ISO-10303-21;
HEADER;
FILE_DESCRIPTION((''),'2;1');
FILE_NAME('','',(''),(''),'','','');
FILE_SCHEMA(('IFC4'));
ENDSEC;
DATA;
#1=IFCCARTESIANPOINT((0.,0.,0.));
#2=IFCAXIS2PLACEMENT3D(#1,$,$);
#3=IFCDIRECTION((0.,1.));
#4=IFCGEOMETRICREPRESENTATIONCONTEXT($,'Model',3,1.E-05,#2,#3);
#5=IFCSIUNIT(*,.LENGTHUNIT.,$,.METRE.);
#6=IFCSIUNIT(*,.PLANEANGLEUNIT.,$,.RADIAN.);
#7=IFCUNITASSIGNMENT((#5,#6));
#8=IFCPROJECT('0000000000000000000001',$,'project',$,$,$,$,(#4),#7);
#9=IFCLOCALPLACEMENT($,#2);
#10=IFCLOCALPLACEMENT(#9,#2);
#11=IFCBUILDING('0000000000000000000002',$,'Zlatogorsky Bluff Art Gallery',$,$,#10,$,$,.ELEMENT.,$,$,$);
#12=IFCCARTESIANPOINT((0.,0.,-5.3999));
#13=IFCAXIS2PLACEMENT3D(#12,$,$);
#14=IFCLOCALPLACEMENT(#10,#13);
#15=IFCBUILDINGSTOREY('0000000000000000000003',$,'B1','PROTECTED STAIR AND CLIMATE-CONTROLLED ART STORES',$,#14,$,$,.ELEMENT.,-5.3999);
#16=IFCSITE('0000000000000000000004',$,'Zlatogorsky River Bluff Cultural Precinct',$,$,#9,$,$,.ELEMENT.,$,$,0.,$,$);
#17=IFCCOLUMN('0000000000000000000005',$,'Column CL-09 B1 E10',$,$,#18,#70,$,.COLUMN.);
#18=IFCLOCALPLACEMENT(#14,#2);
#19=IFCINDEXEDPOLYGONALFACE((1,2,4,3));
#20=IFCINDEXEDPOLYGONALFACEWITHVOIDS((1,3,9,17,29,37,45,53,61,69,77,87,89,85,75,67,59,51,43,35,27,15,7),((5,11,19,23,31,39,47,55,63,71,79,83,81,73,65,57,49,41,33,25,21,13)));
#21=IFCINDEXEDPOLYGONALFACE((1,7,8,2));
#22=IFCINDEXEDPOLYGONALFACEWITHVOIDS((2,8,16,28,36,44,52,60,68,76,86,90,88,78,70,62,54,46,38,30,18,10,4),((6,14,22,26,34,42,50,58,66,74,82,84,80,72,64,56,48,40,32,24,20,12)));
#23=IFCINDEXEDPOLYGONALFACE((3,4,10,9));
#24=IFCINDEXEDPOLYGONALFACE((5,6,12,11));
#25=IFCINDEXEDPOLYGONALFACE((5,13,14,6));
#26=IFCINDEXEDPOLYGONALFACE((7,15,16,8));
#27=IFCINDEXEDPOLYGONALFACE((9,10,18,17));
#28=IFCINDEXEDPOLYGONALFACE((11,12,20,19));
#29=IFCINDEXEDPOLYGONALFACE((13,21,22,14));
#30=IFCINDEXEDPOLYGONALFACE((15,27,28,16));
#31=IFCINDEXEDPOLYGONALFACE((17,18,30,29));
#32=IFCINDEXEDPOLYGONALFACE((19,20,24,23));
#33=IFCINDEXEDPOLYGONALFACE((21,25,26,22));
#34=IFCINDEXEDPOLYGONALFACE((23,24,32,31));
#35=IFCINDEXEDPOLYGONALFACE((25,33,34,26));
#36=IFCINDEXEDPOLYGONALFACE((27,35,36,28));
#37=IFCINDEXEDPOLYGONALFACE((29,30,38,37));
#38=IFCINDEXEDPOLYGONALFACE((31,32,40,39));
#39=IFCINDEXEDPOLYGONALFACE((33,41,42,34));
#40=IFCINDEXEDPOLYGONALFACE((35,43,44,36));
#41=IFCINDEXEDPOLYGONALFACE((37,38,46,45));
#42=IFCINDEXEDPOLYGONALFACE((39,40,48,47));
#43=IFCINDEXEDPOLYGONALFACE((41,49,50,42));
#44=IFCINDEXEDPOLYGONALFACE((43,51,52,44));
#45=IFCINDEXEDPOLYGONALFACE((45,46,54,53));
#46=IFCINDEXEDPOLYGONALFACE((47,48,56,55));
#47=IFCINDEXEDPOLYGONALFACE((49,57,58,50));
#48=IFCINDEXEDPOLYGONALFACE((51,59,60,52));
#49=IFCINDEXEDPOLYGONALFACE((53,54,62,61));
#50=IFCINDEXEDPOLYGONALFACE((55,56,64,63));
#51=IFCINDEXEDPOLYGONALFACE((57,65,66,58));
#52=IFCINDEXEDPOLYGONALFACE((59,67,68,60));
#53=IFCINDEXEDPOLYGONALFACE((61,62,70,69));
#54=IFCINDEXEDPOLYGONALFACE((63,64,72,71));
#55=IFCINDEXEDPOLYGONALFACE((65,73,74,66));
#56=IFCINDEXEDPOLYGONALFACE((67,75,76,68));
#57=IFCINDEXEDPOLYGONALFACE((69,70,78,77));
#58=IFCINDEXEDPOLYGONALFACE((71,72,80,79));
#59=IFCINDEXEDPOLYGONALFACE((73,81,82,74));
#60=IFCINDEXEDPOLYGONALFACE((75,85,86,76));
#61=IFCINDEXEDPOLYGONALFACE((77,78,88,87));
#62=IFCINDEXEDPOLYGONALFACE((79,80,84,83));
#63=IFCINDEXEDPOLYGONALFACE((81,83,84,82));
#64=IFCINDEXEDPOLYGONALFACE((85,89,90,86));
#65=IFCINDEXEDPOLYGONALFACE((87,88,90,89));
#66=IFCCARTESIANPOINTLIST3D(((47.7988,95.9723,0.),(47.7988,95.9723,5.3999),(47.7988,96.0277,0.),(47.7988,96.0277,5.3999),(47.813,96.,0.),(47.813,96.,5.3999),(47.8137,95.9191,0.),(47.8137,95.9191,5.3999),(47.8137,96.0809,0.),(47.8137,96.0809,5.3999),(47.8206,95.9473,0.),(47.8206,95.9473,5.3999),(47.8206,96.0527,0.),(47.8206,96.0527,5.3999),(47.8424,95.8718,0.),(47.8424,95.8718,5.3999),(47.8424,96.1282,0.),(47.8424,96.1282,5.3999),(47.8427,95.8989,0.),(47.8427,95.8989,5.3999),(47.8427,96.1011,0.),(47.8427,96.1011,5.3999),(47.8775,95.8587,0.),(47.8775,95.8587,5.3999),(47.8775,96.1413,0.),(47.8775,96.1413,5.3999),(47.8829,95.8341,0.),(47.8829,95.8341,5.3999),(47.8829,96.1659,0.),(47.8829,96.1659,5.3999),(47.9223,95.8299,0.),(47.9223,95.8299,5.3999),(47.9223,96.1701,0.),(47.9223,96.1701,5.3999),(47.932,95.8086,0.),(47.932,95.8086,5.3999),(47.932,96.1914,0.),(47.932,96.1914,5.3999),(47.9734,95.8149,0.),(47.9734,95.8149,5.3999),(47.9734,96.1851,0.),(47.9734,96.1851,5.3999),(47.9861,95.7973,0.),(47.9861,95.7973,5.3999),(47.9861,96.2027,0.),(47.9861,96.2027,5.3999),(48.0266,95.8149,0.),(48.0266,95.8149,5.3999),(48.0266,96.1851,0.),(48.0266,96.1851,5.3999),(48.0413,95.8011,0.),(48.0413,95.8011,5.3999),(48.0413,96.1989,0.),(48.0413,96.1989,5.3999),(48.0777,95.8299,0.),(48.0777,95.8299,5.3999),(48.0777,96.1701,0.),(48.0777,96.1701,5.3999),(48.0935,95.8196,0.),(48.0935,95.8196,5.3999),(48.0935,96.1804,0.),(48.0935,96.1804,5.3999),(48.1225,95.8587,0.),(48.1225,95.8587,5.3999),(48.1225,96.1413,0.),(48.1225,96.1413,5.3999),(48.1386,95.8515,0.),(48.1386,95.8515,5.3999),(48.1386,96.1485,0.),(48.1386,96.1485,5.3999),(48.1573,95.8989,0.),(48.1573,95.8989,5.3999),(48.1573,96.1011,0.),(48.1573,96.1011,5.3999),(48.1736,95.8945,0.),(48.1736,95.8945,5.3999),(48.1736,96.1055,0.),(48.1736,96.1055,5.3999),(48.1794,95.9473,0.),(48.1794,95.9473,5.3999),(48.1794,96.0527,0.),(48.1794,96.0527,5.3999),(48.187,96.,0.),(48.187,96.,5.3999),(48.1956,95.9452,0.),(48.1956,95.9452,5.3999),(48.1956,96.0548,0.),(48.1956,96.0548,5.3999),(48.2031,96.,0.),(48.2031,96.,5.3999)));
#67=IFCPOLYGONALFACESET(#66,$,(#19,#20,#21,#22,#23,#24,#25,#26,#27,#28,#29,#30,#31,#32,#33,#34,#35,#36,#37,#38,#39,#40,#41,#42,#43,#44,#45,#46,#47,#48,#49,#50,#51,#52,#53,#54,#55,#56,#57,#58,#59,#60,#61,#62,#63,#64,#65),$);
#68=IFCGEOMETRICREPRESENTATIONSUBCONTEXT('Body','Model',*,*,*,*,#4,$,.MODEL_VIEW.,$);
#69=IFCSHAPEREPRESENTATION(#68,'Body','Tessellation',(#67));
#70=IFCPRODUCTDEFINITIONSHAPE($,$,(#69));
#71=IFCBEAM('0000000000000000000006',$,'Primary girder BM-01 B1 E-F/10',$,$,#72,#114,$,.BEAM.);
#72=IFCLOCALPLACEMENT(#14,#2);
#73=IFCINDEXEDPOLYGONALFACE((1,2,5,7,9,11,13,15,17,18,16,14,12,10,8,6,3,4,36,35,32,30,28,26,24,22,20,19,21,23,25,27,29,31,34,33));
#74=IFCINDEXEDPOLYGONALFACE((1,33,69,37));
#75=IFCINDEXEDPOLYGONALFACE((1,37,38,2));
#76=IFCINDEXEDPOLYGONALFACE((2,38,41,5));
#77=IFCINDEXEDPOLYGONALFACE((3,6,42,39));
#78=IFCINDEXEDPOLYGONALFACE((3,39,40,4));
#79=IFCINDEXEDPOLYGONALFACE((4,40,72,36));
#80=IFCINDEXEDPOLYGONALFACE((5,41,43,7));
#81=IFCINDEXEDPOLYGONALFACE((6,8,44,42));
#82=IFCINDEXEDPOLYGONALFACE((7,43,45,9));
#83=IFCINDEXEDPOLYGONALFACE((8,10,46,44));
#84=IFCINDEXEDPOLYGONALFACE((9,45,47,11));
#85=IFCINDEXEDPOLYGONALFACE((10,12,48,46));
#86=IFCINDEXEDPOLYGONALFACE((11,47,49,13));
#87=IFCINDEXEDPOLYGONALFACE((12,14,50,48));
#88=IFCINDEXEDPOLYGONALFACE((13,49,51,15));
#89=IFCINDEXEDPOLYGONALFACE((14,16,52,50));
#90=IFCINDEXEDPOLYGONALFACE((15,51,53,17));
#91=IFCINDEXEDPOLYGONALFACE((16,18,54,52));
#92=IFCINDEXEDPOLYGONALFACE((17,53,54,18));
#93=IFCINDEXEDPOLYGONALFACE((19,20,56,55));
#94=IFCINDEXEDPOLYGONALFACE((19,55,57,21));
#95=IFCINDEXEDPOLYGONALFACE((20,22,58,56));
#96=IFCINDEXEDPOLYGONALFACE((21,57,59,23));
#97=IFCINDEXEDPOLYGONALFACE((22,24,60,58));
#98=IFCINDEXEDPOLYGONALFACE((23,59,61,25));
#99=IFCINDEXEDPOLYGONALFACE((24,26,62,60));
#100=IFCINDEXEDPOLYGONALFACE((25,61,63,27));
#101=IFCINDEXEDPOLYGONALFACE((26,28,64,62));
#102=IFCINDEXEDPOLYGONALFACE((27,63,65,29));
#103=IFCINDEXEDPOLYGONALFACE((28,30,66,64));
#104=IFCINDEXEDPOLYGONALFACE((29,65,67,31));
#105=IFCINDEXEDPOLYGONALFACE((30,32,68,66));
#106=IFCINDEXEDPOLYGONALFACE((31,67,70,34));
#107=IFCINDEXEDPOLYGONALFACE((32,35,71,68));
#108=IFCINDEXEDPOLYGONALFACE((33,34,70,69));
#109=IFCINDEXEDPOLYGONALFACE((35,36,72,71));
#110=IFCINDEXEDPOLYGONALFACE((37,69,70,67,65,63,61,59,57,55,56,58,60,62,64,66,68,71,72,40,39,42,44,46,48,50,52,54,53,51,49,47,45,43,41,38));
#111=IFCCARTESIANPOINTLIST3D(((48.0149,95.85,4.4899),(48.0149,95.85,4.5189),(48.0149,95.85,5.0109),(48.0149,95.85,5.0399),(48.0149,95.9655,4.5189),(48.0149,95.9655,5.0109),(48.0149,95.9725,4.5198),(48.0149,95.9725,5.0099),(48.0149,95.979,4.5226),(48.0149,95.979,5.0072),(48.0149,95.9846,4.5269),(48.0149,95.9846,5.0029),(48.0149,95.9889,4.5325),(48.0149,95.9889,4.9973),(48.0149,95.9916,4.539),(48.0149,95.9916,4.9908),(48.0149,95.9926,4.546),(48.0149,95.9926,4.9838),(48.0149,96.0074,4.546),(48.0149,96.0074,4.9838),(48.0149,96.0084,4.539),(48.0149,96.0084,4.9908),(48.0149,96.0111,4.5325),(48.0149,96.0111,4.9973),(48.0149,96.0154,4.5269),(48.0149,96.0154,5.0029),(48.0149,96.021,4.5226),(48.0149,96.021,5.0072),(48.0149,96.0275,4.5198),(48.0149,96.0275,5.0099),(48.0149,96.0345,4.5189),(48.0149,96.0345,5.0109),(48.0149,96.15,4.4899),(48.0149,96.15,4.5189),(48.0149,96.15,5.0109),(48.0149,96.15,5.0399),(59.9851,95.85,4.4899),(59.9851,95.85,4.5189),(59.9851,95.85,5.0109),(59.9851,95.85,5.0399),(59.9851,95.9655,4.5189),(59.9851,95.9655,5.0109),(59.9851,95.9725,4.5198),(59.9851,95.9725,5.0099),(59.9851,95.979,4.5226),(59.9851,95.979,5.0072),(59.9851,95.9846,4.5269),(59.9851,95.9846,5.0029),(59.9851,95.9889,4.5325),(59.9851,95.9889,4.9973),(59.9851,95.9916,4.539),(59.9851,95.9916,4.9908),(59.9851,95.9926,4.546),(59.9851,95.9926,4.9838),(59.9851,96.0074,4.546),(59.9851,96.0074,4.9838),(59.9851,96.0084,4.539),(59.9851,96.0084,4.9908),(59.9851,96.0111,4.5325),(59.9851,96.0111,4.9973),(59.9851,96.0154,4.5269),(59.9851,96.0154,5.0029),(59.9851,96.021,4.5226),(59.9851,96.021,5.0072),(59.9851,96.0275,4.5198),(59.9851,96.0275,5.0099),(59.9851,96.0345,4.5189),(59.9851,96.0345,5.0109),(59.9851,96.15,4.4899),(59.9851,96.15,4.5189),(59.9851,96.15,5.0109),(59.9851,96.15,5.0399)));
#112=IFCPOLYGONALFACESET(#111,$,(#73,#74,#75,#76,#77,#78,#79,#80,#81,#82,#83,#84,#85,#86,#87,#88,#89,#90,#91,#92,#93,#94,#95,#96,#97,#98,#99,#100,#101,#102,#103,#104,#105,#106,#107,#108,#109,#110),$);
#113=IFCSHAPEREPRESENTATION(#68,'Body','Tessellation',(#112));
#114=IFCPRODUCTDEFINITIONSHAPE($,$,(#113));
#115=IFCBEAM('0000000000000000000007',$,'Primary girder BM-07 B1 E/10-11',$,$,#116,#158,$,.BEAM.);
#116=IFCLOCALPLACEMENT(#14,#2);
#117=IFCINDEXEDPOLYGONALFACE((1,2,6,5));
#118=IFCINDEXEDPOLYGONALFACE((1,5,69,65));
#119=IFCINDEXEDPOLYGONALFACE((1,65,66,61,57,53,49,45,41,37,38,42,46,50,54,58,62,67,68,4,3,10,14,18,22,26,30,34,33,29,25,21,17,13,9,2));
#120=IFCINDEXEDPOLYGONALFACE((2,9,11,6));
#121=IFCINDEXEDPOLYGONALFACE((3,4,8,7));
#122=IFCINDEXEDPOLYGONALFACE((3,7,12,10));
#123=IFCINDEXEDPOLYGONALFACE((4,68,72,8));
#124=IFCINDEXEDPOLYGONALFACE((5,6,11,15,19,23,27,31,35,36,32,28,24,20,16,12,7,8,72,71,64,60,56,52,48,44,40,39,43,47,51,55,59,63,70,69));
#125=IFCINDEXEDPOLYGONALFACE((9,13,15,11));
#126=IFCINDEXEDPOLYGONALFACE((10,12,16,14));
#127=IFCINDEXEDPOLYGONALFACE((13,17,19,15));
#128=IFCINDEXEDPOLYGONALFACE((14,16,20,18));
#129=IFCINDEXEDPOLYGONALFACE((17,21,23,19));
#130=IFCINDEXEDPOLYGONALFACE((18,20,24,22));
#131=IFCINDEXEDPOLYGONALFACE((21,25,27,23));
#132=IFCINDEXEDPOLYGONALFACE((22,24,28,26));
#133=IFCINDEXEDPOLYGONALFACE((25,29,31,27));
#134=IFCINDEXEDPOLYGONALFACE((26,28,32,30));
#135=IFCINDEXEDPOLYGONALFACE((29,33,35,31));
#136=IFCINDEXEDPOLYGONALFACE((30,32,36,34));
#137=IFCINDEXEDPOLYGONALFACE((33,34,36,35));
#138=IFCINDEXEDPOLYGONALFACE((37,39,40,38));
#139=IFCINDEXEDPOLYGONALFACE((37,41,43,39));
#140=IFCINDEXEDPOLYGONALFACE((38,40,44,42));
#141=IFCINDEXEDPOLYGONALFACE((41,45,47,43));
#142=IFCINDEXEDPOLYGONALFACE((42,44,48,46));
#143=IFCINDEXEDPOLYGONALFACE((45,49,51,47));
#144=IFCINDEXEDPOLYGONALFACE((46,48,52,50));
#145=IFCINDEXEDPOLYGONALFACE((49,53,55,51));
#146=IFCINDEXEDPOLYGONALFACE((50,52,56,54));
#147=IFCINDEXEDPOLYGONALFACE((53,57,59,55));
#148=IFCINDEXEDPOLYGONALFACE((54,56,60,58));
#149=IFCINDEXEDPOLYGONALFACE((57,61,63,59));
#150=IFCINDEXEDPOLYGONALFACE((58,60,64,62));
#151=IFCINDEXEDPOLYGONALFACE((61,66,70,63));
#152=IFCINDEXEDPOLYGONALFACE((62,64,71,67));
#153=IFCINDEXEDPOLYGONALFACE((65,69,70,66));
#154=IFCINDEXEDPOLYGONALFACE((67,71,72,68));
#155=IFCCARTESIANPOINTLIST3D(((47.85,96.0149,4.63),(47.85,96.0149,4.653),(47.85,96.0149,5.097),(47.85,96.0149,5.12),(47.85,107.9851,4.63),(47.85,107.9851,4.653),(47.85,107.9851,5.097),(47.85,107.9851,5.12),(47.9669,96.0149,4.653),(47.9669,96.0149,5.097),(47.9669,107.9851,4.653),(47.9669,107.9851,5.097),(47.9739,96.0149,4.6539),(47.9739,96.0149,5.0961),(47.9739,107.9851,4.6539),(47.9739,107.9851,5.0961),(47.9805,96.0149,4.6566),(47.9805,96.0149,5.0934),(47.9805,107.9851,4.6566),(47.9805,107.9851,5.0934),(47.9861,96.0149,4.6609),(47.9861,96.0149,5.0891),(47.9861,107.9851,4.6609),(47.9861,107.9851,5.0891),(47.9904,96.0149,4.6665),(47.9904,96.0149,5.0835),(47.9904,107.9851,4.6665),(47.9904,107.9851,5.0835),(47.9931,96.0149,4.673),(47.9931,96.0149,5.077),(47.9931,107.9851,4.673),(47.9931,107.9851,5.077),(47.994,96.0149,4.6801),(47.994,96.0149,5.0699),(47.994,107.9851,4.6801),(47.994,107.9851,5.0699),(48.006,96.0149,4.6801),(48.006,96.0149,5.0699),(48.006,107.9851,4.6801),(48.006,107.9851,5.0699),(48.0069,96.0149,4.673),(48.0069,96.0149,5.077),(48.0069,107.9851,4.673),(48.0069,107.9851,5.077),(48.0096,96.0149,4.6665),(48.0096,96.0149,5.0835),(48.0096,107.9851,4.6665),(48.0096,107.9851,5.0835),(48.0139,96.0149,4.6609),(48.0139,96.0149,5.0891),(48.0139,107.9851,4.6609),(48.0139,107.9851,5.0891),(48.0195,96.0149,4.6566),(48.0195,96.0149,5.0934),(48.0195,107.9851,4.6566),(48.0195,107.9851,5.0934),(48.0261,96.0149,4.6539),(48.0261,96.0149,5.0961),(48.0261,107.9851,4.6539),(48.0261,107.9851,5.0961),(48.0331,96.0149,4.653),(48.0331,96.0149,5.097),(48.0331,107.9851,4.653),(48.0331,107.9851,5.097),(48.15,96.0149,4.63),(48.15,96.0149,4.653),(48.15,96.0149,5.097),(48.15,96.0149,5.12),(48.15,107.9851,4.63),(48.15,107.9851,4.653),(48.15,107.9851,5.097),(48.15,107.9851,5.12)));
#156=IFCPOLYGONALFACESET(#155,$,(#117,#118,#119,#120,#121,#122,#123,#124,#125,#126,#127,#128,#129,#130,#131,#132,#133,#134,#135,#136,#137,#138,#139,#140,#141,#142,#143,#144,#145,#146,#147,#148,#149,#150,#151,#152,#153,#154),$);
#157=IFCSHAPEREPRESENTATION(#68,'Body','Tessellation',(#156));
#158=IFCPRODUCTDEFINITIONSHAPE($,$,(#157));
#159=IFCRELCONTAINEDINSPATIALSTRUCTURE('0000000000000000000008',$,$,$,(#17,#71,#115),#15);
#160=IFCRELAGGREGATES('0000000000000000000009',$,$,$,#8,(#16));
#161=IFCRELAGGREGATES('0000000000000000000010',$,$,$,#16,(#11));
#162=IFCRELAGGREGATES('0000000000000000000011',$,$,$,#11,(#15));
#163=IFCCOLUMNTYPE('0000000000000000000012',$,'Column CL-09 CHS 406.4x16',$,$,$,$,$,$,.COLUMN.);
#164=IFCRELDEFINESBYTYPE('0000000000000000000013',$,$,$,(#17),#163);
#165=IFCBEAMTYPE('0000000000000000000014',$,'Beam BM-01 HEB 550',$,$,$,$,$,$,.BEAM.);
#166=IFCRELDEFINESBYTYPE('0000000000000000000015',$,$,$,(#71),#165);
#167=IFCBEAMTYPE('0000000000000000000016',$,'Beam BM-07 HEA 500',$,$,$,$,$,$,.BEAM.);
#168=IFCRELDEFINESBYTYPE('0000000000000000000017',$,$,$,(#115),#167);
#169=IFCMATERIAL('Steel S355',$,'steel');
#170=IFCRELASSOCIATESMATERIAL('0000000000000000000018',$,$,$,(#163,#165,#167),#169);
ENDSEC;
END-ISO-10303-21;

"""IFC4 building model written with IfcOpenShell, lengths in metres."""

from ifc_helpers import new_model, si_unit, direction, frame, origin, origin_2d, place, context, subcontext, project, spatial, hollow_circle, i_section, extrude, material, material_profile, profile_set, type_object, element, save


model = new_model("IFC4")

# Units and contexts
model_context = context("Model", 3, precision=1e-05, world=origin(), true_north=direction((0.0, 1.0)))
body_context = subcontext(model_context, "Body", "Model", "MODEL_VIEW")
ifc_project = project(units=[si_unit("LENGTHUNIT", "METRE"), si_unit("PLANEANGLEUNIT", "RADIAN")], contexts=[model_context])

# Site, building, storey
site_placement = place(None, origin())
site = spatial("IfcSite", under=ifc_project, at=site_placement, Name="Zlatogorsky River Bluff Cultural Precinct", CompositionType="ELEMENT", RefElevation=0.0)
building_placement = place(site_placement, origin())
building = spatial("IfcBuilding", under=site, at=building_placement, Name="Zlatogorsky Bluff Art Gallery", CompositionType="ELEMENT")
storey_placement = place(building_placement, frame((0.0, 0.0, -5.3999)))
storey = spatial("IfcBuildingStorey", under=building, at=storey_placement, Name="B1", Description="PROTECTED STAIR AND CLIMATE-CONTROLLED ART STORES", CompositionType="ELEMENT", Elevation=-5.3999)

# Column
ifc_material_1 = material(Name="Steel S355", Category="steel")
ifc_material_profile_1 = material_profile(ifc_material_1, hollow_circle(Radius=0.2031, WallThickness=0.0161, at=origin_2d()), Name="CHS 406.4x16")
ifc_profile_set_1 = profile_set([ifc_material_profile_1], Name="Steel S355")
column_type = type_object("IfcColumnType", Name="Column CL-09 CHS 406.4x16", PredefinedType="COLUMN", material=ifc_profile_set_1)
column_placement = place(storey_placement, frame((48.0, 96.0, 0.0), z_axis=(0.0, 0.0, 1.0), x_axis=(1.0, 0.0, 0.0)))
element("IfcColumn", 1, at=column_placement, inside=storey, type_object=column_type, Name="Column CL-09 B1 E10", PredefinedType="COLUMN", context=body_context, shape_type="SweptSolid", body=[
    extrude(hollow_circle(Radius=0.2031, WallThickness=0.0161, at=origin_2d()), origin(), (0.0, 0.0, 1.0), 5.3999),
])

# Beams
ifc_material_profile_2 = material_profile(ifc_material_1, i_section(OverallWidth=0.3, OverallDepth=0.55, WebThickness=0.0149, FlangeThickness=0.0291, FilletRadius=0.0271, at=origin_2d()), Name="HEB 550")
ifc_profile_set_2 = profile_set([ifc_material_profile_2], Name="Steel S355")
beam_type_1 = type_object("IfcBeamType", Name="Beam BM-01 HEB 550", PredefinedType="BEAM", material=ifc_profile_set_2)
beam_1_placement = place(storey_placement, frame((48.0149, 96.0, 4.7649), z_axis=(1.0, 0.0, 0.0), x_axis=(0.0, 1.0, 0.0)))
element("IfcBeam", 2, at=beam_1_placement, inside=storey, type_object=beam_type_1, Name="Primary girder BM-01 B1 E-F/10", PredefinedType="BEAM", context=body_context, shape_type="SweptSolid", body=[
    extrude(i_section(OverallWidth=0.3, OverallDepth=0.55, WebThickness=0.0149, FlangeThickness=0.0291, FilletRadius=0.0271, at=origin_2d()), origin(), (0.0, 0.0, 1.0), 11.9702),
])
ifc_material_profile_3 = material_profile(ifc_material_1, i_section(OverallWidth=0.3, OverallDepth=0.49, WebThickness=0.012, FlangeThickness=0.0229, FilletRadius=0.0271, at=origin_2d()), Name="HEA 500")
ifc_profile_set_3 = profile_set([ifc_material_profile_3], Name="Steel S355")
beam_type_2 = type_object("IfcBeamType", Name="Beam BM-07 HEA 500", PredefinedType="BEAM", material=ifc_profile_set_3)
beam_2_placement = place(storey_placement, frame((48.0, 96.0149, 4.875), z_axis=(0.0, 1.0, 0.0), x_axis=(-1.0, 0.0, 0.0)))
element("IfcBeam", 3, at=beam_2_placement, inside=storey, type_object=beam_type_2, Name="Primary girder BM-07 B1 E/10-11", PredefinedType="BEAM", context=body_context, shape_type="SweptSolid", body=[
    extrude(i_section(OverallWidth=0.3, OverallDepth=0.49, WebThickness=0.012, FlangeThickness=0.0229, FilletRadius=0.0271, at=origin_2d()), origin(), (0.0, 0.0, 1.0), 11.9702),
])

save(model, "model.ifc")
